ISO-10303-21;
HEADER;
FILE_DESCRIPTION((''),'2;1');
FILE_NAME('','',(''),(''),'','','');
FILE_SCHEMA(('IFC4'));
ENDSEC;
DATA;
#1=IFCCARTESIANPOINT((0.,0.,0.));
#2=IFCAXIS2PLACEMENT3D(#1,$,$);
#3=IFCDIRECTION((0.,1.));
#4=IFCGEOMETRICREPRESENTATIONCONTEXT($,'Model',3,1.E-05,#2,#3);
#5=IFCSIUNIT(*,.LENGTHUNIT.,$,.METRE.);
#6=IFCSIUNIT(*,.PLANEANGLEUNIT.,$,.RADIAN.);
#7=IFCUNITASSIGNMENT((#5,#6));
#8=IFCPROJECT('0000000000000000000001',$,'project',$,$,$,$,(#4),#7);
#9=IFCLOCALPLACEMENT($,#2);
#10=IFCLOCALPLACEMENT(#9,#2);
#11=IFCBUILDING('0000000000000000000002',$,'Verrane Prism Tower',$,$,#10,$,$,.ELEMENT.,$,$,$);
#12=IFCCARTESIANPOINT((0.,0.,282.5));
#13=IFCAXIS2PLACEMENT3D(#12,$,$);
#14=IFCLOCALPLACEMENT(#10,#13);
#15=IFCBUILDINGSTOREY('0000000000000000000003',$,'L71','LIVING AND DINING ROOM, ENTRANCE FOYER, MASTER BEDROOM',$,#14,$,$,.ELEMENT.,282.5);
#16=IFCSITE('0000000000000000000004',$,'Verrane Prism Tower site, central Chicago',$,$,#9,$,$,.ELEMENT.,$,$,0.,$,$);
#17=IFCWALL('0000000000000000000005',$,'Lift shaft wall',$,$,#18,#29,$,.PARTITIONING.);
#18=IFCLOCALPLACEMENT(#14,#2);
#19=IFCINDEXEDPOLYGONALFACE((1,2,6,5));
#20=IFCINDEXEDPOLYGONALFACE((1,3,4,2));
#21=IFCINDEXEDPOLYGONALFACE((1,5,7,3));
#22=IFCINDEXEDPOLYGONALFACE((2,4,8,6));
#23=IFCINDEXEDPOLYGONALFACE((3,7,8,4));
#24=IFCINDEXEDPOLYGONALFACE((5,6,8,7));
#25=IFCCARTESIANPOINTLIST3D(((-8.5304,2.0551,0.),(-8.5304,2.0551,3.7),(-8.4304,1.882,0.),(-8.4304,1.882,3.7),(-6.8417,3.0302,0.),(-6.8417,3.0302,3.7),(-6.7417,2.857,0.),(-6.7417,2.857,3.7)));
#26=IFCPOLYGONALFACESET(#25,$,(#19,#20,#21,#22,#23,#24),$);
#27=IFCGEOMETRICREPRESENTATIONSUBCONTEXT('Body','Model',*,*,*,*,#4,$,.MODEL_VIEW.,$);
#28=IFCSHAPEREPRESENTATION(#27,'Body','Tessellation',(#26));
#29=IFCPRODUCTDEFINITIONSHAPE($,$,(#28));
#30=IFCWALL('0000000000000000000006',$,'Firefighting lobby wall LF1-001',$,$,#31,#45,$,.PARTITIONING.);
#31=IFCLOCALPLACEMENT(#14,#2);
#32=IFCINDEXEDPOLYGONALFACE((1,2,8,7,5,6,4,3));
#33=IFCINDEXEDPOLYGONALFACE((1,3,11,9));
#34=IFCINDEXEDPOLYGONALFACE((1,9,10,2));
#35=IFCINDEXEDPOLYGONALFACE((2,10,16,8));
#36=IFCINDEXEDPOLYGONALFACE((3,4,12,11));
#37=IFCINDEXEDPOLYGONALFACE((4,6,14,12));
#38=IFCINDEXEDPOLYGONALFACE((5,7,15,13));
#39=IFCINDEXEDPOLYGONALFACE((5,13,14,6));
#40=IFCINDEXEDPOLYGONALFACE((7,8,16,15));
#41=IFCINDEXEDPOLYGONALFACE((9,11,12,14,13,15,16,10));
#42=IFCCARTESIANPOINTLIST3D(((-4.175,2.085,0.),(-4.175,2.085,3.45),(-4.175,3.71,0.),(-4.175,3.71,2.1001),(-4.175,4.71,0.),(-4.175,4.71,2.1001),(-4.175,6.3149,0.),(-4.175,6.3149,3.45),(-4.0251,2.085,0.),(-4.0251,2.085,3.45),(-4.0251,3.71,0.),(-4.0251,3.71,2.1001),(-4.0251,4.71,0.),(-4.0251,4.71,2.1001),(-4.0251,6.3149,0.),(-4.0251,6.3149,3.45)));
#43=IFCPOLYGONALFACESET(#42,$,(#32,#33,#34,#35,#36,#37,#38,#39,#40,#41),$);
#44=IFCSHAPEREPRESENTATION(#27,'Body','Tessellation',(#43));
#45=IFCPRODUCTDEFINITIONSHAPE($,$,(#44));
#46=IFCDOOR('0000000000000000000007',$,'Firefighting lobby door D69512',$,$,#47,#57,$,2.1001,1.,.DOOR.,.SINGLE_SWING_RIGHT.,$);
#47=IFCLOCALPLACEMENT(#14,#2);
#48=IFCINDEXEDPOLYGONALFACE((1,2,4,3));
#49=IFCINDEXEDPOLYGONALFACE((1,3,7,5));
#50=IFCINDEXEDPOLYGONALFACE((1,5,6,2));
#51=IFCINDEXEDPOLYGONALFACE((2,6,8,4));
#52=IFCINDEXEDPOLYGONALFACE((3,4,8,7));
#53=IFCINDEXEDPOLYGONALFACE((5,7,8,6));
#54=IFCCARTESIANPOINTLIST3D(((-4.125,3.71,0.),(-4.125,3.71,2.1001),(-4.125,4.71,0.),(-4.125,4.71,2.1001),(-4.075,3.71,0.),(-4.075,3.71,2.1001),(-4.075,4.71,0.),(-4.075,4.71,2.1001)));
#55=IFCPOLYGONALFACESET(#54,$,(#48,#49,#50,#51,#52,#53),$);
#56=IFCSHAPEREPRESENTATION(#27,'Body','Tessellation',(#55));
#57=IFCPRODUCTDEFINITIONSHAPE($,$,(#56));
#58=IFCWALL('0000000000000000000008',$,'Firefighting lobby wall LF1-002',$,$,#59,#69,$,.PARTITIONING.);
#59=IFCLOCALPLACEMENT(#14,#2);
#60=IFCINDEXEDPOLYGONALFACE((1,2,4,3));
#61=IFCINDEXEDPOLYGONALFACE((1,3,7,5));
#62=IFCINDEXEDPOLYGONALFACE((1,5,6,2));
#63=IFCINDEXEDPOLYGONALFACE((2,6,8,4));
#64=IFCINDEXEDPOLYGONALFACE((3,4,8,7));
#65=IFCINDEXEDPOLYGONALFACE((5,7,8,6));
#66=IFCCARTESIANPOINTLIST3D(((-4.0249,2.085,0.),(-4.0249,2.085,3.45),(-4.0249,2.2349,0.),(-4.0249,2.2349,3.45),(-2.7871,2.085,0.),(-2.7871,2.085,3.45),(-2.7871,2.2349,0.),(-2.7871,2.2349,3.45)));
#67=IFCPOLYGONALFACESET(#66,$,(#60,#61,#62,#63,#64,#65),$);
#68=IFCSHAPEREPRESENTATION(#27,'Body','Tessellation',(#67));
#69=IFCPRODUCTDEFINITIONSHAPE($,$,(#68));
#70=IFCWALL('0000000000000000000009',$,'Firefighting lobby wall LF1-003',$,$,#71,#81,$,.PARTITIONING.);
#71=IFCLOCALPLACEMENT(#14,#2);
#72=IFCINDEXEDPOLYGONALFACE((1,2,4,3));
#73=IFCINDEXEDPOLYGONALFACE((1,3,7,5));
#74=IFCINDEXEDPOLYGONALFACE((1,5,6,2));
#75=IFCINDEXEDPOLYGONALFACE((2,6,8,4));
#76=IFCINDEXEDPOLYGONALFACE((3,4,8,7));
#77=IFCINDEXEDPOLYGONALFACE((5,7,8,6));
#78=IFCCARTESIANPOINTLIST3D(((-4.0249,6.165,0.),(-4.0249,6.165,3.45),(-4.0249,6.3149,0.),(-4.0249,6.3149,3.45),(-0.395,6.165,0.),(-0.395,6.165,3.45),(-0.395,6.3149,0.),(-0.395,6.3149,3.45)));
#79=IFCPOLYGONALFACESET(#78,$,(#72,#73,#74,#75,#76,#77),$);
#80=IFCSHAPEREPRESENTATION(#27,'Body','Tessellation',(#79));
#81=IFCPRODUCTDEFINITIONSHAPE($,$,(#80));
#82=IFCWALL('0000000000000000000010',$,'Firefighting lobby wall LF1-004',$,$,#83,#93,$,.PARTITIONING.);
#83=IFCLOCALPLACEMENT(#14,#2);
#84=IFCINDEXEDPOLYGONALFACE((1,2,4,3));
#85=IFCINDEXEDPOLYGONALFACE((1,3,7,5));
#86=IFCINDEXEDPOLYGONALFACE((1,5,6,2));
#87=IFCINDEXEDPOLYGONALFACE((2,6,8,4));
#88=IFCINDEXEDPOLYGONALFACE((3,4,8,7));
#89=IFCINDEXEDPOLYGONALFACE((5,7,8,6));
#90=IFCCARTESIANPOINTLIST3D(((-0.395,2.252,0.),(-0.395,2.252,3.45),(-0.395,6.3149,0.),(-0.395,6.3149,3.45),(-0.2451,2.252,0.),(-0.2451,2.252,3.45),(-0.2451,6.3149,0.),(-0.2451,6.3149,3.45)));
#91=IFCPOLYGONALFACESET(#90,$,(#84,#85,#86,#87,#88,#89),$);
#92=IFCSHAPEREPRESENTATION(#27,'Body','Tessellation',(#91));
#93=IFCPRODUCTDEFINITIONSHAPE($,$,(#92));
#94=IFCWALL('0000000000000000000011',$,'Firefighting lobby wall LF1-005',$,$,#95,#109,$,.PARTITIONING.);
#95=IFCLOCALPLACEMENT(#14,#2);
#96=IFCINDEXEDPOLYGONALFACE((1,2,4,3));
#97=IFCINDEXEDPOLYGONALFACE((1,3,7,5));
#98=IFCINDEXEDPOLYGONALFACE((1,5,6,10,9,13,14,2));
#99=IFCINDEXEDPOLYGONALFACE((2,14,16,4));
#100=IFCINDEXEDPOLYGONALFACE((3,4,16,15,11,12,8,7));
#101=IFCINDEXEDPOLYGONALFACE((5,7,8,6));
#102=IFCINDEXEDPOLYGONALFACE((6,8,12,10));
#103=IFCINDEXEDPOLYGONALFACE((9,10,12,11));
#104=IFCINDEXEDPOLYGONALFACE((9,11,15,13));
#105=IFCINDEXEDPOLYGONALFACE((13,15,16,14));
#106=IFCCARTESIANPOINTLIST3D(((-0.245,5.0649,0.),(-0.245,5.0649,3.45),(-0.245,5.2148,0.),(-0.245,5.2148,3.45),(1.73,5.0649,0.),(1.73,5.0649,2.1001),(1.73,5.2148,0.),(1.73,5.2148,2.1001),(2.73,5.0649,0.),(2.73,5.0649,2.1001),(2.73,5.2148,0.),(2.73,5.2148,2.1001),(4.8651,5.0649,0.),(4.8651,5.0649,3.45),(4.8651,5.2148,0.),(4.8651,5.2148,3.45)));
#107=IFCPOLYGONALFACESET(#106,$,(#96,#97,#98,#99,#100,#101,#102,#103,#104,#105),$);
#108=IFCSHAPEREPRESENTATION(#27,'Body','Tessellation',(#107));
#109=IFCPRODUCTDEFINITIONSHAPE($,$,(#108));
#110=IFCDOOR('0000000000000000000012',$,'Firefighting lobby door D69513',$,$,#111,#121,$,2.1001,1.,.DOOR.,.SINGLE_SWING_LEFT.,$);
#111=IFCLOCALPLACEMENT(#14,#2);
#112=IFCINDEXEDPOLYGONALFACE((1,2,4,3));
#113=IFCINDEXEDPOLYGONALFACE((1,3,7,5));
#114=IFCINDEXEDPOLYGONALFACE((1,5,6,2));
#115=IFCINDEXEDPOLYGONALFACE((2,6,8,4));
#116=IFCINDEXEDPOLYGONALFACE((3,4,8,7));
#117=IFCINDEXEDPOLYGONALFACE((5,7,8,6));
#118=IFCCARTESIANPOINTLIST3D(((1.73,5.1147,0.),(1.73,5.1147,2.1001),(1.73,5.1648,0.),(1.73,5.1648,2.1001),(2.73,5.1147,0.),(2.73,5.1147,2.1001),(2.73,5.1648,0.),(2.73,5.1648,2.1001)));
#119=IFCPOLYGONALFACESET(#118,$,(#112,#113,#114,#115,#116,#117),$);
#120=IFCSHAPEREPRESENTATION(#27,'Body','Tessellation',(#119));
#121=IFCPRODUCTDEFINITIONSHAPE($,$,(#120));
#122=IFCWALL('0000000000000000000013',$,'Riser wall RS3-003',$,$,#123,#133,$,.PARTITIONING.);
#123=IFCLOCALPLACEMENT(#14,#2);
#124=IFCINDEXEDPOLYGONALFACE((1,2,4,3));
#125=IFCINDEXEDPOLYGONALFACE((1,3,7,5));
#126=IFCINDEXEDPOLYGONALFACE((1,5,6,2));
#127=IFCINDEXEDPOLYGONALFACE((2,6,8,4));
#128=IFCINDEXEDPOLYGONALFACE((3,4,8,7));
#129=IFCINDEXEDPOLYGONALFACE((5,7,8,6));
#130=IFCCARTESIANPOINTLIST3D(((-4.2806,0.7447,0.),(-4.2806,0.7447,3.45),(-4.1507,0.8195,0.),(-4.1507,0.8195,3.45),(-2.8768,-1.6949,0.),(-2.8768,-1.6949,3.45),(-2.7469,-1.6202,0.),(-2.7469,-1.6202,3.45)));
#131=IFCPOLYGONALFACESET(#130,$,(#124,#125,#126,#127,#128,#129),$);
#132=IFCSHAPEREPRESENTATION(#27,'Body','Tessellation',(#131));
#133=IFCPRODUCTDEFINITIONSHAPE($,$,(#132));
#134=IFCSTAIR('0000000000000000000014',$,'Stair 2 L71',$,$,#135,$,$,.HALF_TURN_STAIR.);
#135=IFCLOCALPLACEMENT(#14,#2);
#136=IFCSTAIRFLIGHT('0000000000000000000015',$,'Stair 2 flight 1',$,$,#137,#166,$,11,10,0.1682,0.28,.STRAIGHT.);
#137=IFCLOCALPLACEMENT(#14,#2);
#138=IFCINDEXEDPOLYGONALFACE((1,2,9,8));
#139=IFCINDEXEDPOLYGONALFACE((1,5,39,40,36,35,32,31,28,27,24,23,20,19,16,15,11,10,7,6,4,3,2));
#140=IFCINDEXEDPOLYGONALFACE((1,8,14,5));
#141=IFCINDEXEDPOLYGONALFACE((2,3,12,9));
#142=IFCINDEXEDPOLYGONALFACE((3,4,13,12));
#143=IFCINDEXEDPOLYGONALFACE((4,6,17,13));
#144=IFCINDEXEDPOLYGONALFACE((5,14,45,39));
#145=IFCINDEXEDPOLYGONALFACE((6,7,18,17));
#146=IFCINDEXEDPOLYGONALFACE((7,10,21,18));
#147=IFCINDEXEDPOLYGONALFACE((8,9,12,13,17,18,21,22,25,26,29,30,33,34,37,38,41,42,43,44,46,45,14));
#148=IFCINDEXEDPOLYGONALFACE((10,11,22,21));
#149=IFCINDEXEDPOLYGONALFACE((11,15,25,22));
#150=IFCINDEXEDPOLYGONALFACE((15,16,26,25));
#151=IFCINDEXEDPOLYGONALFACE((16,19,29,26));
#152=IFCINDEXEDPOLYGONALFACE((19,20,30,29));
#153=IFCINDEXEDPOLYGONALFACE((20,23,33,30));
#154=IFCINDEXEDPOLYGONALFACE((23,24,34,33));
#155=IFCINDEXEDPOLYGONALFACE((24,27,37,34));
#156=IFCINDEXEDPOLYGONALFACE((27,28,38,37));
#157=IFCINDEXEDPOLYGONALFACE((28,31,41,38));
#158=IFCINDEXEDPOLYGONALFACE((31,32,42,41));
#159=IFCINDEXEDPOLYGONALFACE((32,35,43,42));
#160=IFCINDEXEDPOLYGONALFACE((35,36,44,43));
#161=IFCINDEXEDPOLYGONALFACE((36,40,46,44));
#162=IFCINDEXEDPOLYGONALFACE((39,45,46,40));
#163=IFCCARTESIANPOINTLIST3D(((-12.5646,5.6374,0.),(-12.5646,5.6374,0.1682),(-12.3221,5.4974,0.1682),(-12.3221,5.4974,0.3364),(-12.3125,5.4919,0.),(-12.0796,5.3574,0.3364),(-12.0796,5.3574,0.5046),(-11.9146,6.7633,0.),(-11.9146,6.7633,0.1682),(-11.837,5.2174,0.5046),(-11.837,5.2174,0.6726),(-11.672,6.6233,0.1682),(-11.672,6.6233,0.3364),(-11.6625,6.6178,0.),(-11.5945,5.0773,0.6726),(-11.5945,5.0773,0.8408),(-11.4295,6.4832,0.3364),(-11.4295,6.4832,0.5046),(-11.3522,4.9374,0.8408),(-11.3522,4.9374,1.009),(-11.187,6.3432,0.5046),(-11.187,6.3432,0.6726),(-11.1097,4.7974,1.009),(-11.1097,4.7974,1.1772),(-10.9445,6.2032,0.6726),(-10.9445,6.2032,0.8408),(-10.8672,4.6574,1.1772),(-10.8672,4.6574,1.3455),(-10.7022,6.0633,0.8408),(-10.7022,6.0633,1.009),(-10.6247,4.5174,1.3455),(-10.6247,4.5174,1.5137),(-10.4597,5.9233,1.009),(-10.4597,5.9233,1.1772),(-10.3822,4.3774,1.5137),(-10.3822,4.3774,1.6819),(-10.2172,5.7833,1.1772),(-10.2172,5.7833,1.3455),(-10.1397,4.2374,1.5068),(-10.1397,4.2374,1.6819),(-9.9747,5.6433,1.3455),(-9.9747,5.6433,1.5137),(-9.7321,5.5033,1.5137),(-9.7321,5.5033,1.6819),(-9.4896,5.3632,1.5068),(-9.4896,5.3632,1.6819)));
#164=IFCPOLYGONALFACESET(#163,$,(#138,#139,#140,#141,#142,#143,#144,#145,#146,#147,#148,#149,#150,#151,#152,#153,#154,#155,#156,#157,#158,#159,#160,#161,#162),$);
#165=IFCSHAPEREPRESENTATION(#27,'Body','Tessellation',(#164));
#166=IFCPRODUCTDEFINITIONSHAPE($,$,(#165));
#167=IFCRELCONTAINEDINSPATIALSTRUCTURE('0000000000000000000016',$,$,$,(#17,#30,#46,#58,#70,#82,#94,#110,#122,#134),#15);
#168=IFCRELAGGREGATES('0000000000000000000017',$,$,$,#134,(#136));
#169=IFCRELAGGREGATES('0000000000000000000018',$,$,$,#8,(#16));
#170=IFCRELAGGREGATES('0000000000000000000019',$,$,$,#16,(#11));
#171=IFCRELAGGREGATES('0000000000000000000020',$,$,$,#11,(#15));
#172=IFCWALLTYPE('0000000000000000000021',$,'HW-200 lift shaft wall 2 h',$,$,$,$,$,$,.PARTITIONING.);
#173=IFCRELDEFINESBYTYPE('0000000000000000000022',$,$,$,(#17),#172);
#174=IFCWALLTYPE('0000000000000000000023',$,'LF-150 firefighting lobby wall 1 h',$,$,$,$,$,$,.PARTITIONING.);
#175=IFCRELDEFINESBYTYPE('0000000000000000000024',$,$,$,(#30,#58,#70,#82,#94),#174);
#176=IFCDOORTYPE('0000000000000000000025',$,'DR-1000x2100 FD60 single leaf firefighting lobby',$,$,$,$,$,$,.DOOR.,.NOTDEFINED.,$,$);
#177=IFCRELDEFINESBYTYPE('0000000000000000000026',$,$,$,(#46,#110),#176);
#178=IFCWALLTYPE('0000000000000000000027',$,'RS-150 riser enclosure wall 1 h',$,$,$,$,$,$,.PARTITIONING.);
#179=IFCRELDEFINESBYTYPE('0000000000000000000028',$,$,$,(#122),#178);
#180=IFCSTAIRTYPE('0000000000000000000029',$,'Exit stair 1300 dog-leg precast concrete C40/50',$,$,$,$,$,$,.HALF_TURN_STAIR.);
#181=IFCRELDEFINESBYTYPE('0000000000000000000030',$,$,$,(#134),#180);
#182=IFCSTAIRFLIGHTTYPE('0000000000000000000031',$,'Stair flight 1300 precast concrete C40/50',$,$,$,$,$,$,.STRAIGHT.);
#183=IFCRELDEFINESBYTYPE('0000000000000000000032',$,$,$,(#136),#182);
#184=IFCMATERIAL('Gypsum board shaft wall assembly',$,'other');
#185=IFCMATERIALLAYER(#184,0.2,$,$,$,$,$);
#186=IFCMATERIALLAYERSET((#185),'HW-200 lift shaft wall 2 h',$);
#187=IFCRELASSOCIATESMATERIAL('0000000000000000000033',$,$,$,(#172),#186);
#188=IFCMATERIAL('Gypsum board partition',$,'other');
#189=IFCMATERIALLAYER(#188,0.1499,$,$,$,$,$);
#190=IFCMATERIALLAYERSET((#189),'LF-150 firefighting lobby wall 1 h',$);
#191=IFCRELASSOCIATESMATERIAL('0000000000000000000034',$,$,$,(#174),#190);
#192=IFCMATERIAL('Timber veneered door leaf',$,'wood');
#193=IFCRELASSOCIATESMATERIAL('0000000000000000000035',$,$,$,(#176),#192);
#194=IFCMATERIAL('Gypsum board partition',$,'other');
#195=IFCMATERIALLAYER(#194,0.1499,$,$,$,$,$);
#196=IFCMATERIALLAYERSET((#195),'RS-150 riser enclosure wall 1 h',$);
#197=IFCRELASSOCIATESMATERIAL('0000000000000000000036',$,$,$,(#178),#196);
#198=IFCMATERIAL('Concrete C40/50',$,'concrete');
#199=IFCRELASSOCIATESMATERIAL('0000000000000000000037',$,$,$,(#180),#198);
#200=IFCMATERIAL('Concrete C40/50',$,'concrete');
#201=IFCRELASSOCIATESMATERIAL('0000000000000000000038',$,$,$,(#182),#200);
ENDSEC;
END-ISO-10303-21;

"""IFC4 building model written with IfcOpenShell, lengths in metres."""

from ifc_helpers import new_model, si_unit, direction, frame, frame_2d, origin, place, context, subcontext, project, spatial, polyline, rectangle, outline, extrude, material, layer, layer_set, type_object, element, fill, aggregate, save


model = new_model("IFC4")

# Units and contexts
model_context = context("Model", 3, precision=1e-05, world=origin(), true_north=direction((0.0, 1.0)))
body_context = subcontext(model_context, "Body", "Model", "MODEL_VIEW")
ifc_project = project(units=[si_unit("LENGTHUNIT", "METRE"), si_unit("PLANEANGLEUNIT", "RADIAN")], contexts=[model_context])

# Site, building, storey
site_placement = place(None, origin())
site = spatial("IfcSite", under=ifc_project, at=site_placement, Name="Verrane Prism Tower site, central Chicago", CompositionType="ELEMENT", RefElevation=0.0)
building_placement = place(site_placement, origin())
building = spatial("IfcBuilding", under=site, at=building_placement, Name="Verrane Prism Tower", CompositionType="ELEMENT")
storey_placement = place(building_placement, frame((0.0, 0.0, 282.5)))
storey = spatial("IfcBuildingStorey", under=building, at=storey_placement, Name="L71", Description="LIVING AND DINING ROOM, ENTRANCE FOYER, MASTER BEDROOM", CompositionType="ELEMENT", Elevation=282.5)

# Shared definitions
ifc_material_1 = material(Name="Gypsum board shaft wall assembly", Category="other")
ifc_layer_1 = layer(ifc_material_1, 0.2)
ifc_layer_set_1 = layer_set([ifc_layer_1], Name="HW-200 lift shaft wall 2 h")
wall_type_1 = type_object("IfcWallType", Name="HW-200 lift shaft wall 2 h", PredefinedType="PARTITIONING", material=ifc_layer_set_1)

# Wall
wall_1_placement = place(storey_placement, frame((-8.4805, 1.9685, 0.0), z_axis=(0.0, 0.0, 1.0), x_axis=(0.866, 0.500044, 0.0)))
element("IfcWall", 1, at=wall_1_placement, inside=storey, type_object=wall_type_1, Name="Lift shaft wall", PredefinedType="PARTITIONING", context=body_context, shape_type="SweptSolid", body=[
    extrude(rectangle(XDim=1.95, YDim=0.2, at=frame_2d((0.9751, 0.0))), origin(), (0.0, 0.0, 1.0), 3.7),
])

# Wall, opening, door
ifc_material_2 = material(Name="Gypsum board partition", Category="other")
ifc_layer_2 = layer(ifc_material_2, 0.1499)
ifc_layer_set_2 = layer_set([ifc_layer_2], Name="LF-150 firefighting lobby wall 1 h")
wall_type_2 = type_object("IfcWallType", Name="LF-150 firefighting lobby wall 1 h", PredefinedType="PARTITIONING", material=ifc_layer_set_2)
wall_2_placement = place(storey_placement, frame((-4.1001, 2.085, 0.0), z_axis=(0.0, 0.0, 1.0), x_axis=(0.0, 1.0, 0.0)))
wall_2 = element("IfcWall", 2, at=wall_2_placement, inside=storey, type_object=wall_type_2, Name="Firefighting lobby wall LF1-001", PredefinedType="PARTITIONING", context=body_context, shape_type="SweptSolid", body=[
    extrude(rectangle(XDim=4.23, YDim=0.1499, at=frame_2d((2.115, 0.0))), origin(), (0.0, 0.0, 1.0), 3.45),
])
opening_1_placement = place(wall_2_placement, frame((1.625, 0.0, 0.0)))
opening_1 = element("IfcOpeningElement", 3, at=opening_1_placement, cuts=wall_2, PredefinedType="OPENING", context=body_context, shape_type="SweptSolid", body=[
    extrude(rectangle(XDim=1.0, YDim=2.1001, at=frame_2d((0.5, 1.05))), frame((0.0, 0.085, 0.0), z_axis=(0.0, -1.0, 0.0), x_axis=(1.0, 0.0, 0.0)), (0.0, 0.0, 1.0), 0.1699),
])
ifc_material_3 = material(Name="Timber veneered door leaf", Category="wood")
door_type_1 = type_object("IfcDoorType", Name="DR-1000x2100 FD60 single leaf firefighting lobby", OperationType="NOTDEFINED", PredefinedType="DOOR", material=ifc_material_3)
door_1_placement = place(opening_1_placement, origin())
door_1 = element("IfcDoor", 4, at=door_1_placement, inside=storey, type_object=door_type_1, Name="Firefighting lobby door D69512", OperationType="SINGLE_SWING_RIGHT", OverallHeight=2.1001, OverallWidth=1.0, PredefinedType="DOOR", context=body_context, shape_type="SweptSolid", body=[
    extrude(rectangle(XDim=1.0, YDim=2.1001, at=frame_2d((0.5, 1.05))), frame((0.0, 0.0249, 0.0), z_axis=(0.0, -1.0, 0.0), x_axis=(1.0, 0.0, 0.0)), (0.0, 0.0, 1.0), 0.05),
])
fill(opening_1, door_1)

# Walls
wall_3_placement = place(storey_placement, frame((-4.0249, 2.1599, 0.0), z_axis=(0.0, 0.0, 1.0), x_axis=(1.0, 0.0, 0.0)))
element("IfcWall", 5, at=wall_3_placement, inside=storey, type_object=wall_type_2, Name="Firefighting lobby wall LF1-002", PredefinedType="PARTITIONING", context=body_context, shape_type="SweptSolid", body=[
    extrude(rectangle(XDim=1.2378, YDim=0.1499, at=frame_2d((0.6189, 0.0))), origin(), (0.0, 0.0, 1.0), 3.45),
])
wall_4_placement = place(storey_placement, frame((-4.0249, 6.24, 0.0), z_axis=(0.0, 0.0, 1.0), x_axis=(1.0, 0.0, 0.0)))
element("IfcWall", 6, at=wall_4_placement, inside=storey, type_object=wall_type_2, Name="Firefighting lobby wall LF1-003", PredefinedType="PARTITIONING", context=body_context, shape_type="SweptSolid", body=[
    extrude(rectangle(XDim=3.6299, YDim=0.1499, at=frame_2d((1.8149, 0.0))), origin(), (0.0, 0.0, 1.0), 3.45),
])
wall_5_placement = place(storey_placement, frame((-0.3201, 2.252, 0.0), z_axis=(0.0, 0.0, 1.0), x_axis=(0.0, 1.0, 0.0)))
element("IfcWall", 7, at=wall_5_placement, inside=storey, type_object=wall_type_2, Name="Firefighting lobby wall LF1-004", PredefinedType="PARTITIONING", context=body_context, shape_type="SweptSolid", body=[
    extrude(rectangle(XDim=4.063, YDim=0.1499, at=frame_2d((2.0315, 0.0))), origin(), (0.0, 0.0, 1.0), 3.45),
])

# Wall, opening, door
wall_6_placement = place(storey_placement, frame((-0.2451, 5.1399, 0.0), z_axis=(0.0, 0.0, 1.0), x_axis=(1.0, 0.0, 0.0)))
wall_6 = element("IfcWall", 8, at=wall_6_placement, inside=storey, type_object=wall_type_2, Name="Firefighting lobby wall LF1-005", PredefinedType="PARTITIONING", context=body_context, shape_type="SweptSolid", body=[
    extrude(rectangle(XDim=5.1101, YDim=0.1499, at=frame_2d((2.5552, 0.0))), origin(), (0.0, 0.0, 1.0), 3.45),
])
opening_2_placement = place(wall_6_placement, frame((1.9751, 0.0, 0.0)))
opening_2 = element("IfcOpeningElement", 9, at=opening_2_placement, cuts=wall_6, PredefinedType="OPENING", context=body_context, shape_type="SweptSolid", body=[
    extrude(rectangle(XDim=1.0, YDim=2.1001, at=frame_2d((0.5, 1.05))), frame((0.0, 0.085, 0.0), z_axis=(0.0, -1.0, 0.0), x_axis=(1.0, 0.0, 0.0)), (0.0, 0.0, 1.0), 0.1699),
])
door_2_placement = place(opening_2_placement, origin())
door_2 = element("IfcDoor", 10, at=door_2_placement, inside=storey, type_object=door_type_1, Name="Firefighting lobby door D69513", OperationType="SINGLE_SWING_LEFT", OverallHeight=2.1001, OverallWidth=1.0, PredefinedType="DOOR", context=body_context, shape_type="SweptSolid", body=[
    extrude(rectangle(XDim=1.0, YDim=2.1001, at=frame_2d((0.5, 1.05))), frame((0.0, 0.0249, 0.0), z_axis=(0.0, -1.0, 0.0), x_axis=(1.0, 0.0, 0.0)), (0.0, 0.0, 1.0), 0.05),
])
fill(opening_2, door_2)

# Wall
ifc_material_4 = material(Name="Gypsum board partition", Category="other")
ifc_layer_3 = layer(ifc_material_4, 0.1499)
ifc_layer_set_3 = layer_set([ifc_layer_3], Name="RS-150 riser enclosure wall 1 h")
wall_type_3 = type_object("IfcWallType", Name="RS-150 riser enclosure wall 1 h", PredefinedType="PARTITIONING", material=ifc_layer_set_3)
wall_7_placement = place(storey_placement, frame((-4.2156, 0.782, 0.0), z_axis=(0.0, 0.0, 1.0), x_axis=(0.498733, -0.866755, 0.0)))
element("IfcWall", 11, at=wall_7_placement, inside=storey, type_object=wall_type_3, Name="Riser wall RS3-003", PredefinedType="PARTITIONING", context=body_context, shape_type="SweptSolid", body=[
    extrude(rectangle(XDim=2.8147, YDim=0.1499, at=frame_2d((1.4072, 0.0))), origin(), (0.0, 0.0, 1.0), 3.45),
])

# Stair, stair flight
ifc_material_5 = material(Name="Concrete C40/50", Category="concrete")
stair_type = type_object("IfcStairType", Name="Exit stair 1300 dog-leg precast concrete C40/50", PredefinedType="HALF_TURN_STAIR", material=ifc_material_5)
stair_placement = place(storey_placement, origin())
stair = element("IfcStair", 12, at=stair_placement, inside=storey, type_object=stair_type, Name="Stair 2 L71", PredefinedType="HALF_TURN_STAIR")
ifc_material_6 = material(Name="Concrete C40/50", Category="concrete")
stair_flight_type = type_object("IfcStairFlightType", Name="Stair flight 1300 precast concrete C40/50", PredefinedType="STRAIGHT", material=ifc_material_6)
stair_flight_1_placement = place(storey_placement, frame((-12.2395, 6.2004, 0.0), z_axis=(0.0, 0.0, 1.0), x_axis=(0.866025, -0.5, 0.0)))
stair_flight_1 = element("IfcStairFlight", 13, at=stair_flight_1_placement, type_object=stair_flight_type, Name="Stair 2 flight 1", NumberOfRisers=11, NumberOfTreads=10, PredefinedType="STRAIGHT", RiserHeight=0.1682, TreadLength=0.28, context=body_context, shape_type="SweptSolid", body=[
    extrude(outline(polyline([(0.0, 0.0), (0.0, 0.1682), (0.28, 0.1682), (0.28, 0.3364), (0.5601, 0.3364), (0.5601, 0.5046), (0.8401, 0.5046), (0.8401, 0.6726), (1.1201, 0.6726), (1.1201, 0.8408), (1.3999, 0.8408), (1.3999, 1.009), (1.6799, 1.009), (1.6799, 1.1772), (1.96, 1.1772), (1.96, 1.3455), (2.24, 1.3455), (2.24, 1.5137), (2.52, 1.5137), (2.52, 1.6819), (2.8, 1.6819), (2.8, 1.8501), (2.8, 1.5068), (0.291, 0.0), (0.0, 0.0)])), frame((0.0, 0.6499, 0.0), z_axis=(0.0, -1.0, 0.0), x_axis=(1.0, 0.0, 0.0)), (0.0, 0.0, 1.0), 1.3),
])
aggregate(stair, [stair_flight_1])

save(model, "model.ifc")
